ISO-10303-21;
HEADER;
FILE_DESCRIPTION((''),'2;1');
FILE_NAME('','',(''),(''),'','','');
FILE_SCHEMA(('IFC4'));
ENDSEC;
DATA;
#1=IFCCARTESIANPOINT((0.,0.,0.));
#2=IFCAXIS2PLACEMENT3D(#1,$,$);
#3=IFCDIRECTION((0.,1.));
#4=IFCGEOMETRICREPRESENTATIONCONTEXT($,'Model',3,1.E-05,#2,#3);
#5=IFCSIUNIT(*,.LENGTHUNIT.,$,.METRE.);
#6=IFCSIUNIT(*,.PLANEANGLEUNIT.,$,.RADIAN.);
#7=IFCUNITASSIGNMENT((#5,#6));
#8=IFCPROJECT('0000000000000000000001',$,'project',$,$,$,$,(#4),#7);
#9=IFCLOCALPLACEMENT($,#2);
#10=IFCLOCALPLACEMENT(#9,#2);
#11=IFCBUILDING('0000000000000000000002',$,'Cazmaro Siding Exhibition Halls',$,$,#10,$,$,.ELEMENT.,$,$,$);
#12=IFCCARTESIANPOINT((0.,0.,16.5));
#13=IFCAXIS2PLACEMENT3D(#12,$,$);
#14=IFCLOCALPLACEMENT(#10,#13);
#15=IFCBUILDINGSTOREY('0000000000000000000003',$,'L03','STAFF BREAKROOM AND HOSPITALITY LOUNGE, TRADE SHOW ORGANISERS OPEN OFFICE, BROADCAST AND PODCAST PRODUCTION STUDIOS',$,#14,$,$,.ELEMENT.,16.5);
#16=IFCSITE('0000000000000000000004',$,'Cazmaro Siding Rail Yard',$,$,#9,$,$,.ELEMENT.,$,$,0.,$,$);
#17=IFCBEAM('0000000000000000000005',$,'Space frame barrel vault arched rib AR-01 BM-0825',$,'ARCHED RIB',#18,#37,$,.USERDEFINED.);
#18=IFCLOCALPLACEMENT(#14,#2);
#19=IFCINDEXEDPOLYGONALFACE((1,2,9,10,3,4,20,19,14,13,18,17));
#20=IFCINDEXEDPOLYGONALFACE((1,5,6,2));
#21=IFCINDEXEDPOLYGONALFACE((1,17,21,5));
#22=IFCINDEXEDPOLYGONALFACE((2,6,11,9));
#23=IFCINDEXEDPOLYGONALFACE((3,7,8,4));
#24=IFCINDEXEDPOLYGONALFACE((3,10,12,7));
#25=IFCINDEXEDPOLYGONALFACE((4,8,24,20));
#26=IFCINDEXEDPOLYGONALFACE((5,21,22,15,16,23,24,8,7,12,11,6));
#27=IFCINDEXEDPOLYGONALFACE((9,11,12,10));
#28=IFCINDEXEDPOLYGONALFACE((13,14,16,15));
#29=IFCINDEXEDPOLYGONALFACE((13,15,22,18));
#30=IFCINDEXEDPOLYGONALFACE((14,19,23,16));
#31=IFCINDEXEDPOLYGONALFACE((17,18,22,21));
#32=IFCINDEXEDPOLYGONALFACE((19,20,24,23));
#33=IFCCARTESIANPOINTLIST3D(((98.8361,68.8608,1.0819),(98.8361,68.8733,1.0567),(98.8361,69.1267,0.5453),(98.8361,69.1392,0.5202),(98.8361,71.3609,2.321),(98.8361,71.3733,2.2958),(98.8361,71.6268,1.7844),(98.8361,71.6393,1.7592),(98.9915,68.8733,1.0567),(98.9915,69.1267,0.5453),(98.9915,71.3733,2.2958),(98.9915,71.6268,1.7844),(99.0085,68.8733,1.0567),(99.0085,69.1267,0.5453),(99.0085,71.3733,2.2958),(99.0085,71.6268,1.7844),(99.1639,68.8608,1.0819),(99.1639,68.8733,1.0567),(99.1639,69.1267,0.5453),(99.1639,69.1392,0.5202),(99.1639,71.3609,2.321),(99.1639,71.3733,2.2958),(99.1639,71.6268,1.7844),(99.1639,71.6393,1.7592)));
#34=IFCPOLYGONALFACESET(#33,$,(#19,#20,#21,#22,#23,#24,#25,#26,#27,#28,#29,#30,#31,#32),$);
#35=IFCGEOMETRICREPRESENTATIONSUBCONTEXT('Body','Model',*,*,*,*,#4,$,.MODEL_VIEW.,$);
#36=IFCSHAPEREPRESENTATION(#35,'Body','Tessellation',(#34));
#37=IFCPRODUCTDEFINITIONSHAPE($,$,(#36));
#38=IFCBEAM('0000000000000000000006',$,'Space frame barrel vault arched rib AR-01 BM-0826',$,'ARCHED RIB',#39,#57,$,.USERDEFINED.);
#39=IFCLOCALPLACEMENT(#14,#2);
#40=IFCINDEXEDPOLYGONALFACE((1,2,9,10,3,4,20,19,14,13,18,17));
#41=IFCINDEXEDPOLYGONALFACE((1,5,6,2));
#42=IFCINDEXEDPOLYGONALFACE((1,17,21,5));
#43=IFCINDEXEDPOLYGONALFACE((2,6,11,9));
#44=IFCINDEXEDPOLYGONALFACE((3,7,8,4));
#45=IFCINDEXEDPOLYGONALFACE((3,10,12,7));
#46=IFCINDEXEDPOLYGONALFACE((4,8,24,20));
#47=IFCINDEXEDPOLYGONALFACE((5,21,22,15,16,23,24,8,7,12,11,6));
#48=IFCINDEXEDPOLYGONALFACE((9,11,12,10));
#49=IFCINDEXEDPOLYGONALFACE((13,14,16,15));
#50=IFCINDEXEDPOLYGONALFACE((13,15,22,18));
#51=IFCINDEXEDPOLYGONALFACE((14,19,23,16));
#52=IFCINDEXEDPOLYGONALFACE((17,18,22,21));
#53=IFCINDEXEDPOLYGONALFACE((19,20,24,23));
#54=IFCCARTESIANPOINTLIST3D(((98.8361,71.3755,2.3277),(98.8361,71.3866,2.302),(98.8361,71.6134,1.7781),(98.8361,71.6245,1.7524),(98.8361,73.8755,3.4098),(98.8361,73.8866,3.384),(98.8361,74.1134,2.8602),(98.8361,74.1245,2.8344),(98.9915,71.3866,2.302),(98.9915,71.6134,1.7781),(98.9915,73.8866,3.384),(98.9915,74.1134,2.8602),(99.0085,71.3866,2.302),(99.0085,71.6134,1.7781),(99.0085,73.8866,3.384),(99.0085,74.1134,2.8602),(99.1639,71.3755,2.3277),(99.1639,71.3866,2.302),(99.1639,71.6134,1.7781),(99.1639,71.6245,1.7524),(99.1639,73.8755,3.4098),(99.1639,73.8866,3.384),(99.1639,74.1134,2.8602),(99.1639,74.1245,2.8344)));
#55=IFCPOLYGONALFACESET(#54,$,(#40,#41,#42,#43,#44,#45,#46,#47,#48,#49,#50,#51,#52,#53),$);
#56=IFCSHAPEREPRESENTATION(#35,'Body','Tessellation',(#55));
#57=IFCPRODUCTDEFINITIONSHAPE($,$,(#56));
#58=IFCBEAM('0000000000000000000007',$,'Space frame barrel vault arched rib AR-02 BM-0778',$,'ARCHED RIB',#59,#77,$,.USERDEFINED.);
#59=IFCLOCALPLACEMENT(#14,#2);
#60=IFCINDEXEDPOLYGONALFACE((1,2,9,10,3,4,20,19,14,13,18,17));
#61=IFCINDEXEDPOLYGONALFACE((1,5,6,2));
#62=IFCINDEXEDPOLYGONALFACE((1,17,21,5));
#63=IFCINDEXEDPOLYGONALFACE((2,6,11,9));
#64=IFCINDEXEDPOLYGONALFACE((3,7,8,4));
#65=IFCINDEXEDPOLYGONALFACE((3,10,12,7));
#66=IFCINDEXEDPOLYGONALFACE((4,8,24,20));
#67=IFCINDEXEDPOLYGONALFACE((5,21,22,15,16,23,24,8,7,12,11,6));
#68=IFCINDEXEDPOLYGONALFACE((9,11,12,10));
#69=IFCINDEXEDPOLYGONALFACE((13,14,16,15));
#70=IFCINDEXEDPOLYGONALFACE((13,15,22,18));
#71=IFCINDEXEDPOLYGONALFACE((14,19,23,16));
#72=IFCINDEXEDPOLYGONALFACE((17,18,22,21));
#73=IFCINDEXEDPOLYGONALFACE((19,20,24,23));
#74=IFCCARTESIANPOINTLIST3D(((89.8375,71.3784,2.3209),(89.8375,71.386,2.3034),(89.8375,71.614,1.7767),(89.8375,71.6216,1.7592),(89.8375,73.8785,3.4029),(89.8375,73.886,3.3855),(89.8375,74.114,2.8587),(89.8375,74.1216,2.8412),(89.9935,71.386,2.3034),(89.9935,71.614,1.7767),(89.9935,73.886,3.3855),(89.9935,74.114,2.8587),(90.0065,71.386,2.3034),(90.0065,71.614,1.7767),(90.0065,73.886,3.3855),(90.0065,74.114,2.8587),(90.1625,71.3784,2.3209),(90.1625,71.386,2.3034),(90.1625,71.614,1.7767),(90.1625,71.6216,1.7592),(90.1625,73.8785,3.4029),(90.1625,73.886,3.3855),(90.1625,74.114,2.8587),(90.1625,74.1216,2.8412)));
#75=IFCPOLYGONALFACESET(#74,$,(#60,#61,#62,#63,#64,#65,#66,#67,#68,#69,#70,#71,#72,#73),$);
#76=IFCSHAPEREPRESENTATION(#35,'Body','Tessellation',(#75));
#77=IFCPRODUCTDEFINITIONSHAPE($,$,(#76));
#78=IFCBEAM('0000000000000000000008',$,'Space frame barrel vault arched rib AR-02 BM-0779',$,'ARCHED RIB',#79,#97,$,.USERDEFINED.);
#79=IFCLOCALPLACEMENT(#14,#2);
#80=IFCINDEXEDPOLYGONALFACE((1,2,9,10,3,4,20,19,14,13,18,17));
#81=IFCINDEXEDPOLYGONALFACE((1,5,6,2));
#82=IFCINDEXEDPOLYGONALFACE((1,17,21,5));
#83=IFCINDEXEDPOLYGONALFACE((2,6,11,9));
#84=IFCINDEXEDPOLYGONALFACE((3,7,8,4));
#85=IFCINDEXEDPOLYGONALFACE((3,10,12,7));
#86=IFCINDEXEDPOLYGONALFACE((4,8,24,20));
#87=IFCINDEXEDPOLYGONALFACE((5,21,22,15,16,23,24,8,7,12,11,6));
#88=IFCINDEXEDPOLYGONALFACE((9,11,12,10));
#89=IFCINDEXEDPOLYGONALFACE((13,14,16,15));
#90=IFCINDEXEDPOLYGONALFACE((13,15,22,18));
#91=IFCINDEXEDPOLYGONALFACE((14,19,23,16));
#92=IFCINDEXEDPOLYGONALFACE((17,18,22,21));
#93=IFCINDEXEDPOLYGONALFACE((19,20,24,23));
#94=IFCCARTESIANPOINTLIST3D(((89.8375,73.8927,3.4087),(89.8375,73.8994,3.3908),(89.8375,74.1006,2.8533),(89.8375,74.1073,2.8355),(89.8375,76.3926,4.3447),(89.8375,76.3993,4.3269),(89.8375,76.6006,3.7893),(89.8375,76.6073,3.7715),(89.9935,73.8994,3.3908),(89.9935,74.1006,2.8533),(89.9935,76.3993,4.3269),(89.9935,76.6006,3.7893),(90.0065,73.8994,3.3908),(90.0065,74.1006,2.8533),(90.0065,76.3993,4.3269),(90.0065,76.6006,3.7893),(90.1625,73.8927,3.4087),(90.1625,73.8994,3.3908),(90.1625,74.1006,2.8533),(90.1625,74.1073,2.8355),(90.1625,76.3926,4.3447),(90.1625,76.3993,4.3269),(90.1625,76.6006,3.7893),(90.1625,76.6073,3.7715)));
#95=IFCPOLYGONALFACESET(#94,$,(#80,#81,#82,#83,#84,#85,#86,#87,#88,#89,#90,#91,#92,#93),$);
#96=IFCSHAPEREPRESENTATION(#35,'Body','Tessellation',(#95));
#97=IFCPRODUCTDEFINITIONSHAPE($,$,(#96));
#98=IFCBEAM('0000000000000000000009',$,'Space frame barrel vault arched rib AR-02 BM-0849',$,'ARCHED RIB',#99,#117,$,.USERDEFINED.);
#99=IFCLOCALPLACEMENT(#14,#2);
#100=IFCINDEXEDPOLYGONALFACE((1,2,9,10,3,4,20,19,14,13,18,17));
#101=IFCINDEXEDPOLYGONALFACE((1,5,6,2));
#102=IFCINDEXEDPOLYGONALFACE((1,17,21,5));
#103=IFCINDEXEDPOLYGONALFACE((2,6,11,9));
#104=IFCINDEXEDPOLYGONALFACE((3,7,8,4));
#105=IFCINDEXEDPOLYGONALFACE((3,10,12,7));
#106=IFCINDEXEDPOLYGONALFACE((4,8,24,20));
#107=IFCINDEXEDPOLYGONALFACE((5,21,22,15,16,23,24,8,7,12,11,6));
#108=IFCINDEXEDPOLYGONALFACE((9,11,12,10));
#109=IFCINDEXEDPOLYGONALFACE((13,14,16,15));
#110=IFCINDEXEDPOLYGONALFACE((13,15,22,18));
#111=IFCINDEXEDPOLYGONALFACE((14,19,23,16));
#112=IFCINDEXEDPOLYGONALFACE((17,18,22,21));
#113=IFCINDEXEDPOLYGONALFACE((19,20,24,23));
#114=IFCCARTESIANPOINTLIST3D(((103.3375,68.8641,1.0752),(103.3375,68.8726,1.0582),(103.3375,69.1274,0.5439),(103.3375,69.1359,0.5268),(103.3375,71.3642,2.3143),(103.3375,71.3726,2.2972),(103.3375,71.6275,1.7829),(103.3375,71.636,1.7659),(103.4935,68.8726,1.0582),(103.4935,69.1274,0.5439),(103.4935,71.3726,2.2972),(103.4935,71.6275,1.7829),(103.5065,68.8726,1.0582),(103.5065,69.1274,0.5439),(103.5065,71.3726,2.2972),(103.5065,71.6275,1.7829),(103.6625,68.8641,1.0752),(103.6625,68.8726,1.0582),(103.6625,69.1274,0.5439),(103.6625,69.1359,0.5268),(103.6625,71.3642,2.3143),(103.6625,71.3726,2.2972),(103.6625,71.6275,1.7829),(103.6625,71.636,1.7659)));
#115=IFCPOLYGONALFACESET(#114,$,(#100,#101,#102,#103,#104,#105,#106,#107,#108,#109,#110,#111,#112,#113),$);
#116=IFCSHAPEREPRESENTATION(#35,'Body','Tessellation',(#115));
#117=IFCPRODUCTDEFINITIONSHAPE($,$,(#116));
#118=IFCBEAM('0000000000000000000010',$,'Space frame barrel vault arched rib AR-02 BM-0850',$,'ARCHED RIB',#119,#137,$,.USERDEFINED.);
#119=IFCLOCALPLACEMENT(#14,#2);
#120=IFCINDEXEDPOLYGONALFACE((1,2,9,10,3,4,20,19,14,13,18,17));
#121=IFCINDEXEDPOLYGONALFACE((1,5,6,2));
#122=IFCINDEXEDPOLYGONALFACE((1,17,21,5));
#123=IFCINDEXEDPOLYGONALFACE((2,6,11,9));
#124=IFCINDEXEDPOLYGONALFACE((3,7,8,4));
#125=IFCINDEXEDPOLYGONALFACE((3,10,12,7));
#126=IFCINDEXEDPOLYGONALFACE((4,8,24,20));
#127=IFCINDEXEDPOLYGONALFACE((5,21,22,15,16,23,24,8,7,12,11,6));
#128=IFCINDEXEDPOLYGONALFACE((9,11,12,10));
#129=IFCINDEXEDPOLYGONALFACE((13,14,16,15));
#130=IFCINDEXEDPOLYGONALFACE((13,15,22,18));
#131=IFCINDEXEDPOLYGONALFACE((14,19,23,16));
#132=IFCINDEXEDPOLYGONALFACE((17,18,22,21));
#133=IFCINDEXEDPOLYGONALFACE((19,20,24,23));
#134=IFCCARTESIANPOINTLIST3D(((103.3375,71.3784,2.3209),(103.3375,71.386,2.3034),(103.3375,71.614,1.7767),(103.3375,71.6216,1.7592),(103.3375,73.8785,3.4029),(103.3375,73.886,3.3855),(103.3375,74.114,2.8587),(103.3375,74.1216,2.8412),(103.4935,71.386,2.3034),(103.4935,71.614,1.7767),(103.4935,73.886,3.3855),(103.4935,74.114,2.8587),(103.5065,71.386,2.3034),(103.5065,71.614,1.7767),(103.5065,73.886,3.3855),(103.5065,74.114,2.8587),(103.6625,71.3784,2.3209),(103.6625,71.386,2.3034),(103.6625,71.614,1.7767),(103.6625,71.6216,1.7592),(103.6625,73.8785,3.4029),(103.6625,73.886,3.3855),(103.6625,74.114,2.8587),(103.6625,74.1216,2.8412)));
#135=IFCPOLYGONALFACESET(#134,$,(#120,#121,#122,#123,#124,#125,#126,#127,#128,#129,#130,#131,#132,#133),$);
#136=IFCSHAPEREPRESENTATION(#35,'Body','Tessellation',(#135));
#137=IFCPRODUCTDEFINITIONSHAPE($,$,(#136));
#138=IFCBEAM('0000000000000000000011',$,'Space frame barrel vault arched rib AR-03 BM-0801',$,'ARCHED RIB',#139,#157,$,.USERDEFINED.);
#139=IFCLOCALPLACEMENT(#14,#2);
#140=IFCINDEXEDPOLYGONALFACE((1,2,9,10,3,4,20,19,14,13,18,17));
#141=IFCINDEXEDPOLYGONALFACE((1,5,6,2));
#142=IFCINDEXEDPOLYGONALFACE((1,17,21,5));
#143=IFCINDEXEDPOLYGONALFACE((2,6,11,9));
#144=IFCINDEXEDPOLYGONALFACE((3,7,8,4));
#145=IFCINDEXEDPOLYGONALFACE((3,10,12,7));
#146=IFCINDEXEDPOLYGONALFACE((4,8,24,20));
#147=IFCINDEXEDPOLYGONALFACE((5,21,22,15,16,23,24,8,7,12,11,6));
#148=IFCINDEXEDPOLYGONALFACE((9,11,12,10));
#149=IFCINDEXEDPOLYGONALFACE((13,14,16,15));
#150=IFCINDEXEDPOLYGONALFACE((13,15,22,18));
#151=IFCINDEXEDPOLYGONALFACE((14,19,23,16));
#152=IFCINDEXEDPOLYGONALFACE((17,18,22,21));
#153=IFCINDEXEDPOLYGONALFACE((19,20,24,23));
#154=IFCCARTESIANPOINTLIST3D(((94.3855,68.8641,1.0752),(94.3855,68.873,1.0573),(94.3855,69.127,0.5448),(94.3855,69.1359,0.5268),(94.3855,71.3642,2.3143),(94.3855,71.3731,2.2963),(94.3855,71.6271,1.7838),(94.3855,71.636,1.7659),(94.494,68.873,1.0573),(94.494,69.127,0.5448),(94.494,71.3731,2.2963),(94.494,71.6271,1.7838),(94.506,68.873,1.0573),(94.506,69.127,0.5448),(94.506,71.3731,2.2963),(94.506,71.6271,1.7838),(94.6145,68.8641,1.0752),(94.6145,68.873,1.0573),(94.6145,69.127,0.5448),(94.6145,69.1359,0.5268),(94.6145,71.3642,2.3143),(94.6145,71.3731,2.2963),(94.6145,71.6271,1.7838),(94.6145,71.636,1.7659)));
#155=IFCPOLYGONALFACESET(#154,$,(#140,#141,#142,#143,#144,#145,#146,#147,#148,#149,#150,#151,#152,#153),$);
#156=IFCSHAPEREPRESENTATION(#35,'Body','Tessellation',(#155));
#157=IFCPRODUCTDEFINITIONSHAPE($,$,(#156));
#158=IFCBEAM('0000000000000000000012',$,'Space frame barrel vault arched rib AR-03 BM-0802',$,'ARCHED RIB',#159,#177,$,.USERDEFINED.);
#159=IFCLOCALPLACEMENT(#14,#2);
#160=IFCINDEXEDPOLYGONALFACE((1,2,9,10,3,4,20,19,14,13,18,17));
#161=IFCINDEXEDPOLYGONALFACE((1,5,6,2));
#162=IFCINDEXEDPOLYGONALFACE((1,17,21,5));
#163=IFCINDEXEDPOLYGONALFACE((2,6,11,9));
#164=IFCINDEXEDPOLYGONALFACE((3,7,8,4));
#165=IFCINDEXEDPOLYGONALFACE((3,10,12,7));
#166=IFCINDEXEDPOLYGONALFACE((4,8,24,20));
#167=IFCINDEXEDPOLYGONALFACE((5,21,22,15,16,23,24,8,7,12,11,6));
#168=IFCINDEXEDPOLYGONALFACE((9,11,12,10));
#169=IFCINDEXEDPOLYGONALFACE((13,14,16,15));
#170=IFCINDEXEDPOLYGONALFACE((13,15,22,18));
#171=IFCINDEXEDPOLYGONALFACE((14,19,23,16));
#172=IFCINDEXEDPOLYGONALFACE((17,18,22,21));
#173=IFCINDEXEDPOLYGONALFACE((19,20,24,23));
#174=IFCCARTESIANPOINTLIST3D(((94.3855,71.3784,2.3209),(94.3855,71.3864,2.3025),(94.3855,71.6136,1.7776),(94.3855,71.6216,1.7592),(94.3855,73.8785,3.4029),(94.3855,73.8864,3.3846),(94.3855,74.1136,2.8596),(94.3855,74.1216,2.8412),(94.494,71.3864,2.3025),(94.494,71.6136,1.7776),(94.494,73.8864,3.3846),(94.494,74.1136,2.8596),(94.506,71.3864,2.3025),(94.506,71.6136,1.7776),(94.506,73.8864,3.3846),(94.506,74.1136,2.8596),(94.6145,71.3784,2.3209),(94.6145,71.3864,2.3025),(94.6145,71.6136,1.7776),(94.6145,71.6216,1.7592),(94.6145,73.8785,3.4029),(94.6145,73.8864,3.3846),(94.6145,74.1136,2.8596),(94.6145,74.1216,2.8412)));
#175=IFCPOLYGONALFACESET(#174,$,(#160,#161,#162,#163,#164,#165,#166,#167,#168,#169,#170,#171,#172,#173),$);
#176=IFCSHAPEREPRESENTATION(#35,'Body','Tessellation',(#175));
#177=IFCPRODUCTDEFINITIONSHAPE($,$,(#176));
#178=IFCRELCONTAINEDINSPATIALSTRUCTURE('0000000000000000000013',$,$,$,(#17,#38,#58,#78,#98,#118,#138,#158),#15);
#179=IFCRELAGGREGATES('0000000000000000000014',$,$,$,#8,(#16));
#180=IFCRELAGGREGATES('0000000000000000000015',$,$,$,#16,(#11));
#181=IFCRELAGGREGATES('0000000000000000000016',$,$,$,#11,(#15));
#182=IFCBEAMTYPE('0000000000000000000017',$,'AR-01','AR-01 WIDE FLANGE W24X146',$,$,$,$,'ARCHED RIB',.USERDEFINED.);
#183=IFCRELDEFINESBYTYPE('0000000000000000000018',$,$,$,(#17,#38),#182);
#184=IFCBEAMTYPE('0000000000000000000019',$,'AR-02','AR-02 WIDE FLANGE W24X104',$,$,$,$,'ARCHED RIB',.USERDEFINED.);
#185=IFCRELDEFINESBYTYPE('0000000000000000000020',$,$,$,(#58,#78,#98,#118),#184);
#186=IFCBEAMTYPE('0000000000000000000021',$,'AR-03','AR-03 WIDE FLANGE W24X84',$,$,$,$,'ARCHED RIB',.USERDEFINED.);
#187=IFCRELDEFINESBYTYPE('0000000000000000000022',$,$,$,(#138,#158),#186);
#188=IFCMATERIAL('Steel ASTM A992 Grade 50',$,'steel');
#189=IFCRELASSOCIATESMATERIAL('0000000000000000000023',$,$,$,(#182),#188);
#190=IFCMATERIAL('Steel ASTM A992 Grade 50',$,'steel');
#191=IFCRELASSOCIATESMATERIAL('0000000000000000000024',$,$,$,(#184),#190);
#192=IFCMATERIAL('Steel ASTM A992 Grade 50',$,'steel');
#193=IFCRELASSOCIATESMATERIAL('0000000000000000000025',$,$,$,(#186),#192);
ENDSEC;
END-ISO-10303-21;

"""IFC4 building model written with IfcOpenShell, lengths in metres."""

from ifc_helpers import new_model, si_unit, direction, frame, origin, origin_2d, place, context, subcontext, project, spatial, i_section, extrude, material, material_profile, profile_set, type_object, element, save


model = new_model("IFC4")

# Units and contexts
model_context = context("Model", 3, precision=1e-05, world=origin(), true_north=direction((0.0, 1.0)))
body_context = subcontext(model_context, "Body", "Model", "MODEL_VIEW")
ifc_project = project(units=[si_unit("LENGTHUNIT", "METRE"), si_unit("PLANEANGLEUNIT", "RADIAN")], contexts=[model_context])

# Site, building, storey
site_placement = place(None, origin())
site = spatial("IfcSite", under=ifc_project, at=site_placement, Name="Cazmaro Siding Rail Yard", CompositionType="ELEMENT", RefElevation=0.0)
building_placement = place(site_placement, origin())
building = spatial("IfcBuilding", under=site, at=building_placement, Name="Cazmaro Siding Exhibition Halls", CompositionType="ELEMENT")
storey_placement = place(building_placement, frame((0.0, 0.0, 16.5)))
storey = spatial("IfcBuildingStorey", under=building, at=storey_placement, Name="L03", Description="STAFF BREAKROOM AND HOSPITALITY LOUNGE, TRADE SHOW ORGANISERS OPEN OFFICE, BROADCAST AND PODCAST PRODUCTION STUDIOS", CompositionType="ELEMENT", Elevation=16.5)

# Beams
ifc_material_1 = material(Name="Steel ASTM A992 Grade 50", Category="steel")
ifc_material_profile_1 = material_profile(ifc_material_1, i_section(OverallWidth=0.3279, OverallDepth=0.627, WebThickness=0.0171, FlangeThickness=0.0281, at=origin_2d()), Name="W24X146")
ifc_profile_set_1 = profile_set([ifc_material_profile_1], Name="Steel ASTM A992 Grade 50")
beam_type_1 = type_object("IfcBeamType", Name="AR-01", Description="AR-01 WIDE FLANGE W24X146", ElementType="ARCHED RIB", PredefinedType="USERDEFINED", material=ifc_profile_set_1)
beam_1_placement = place(storey_placement, frame((99.0, 69.0, 0.801), z_axis=(0.0, 0.895997, 0.444061), x_axis=(-1.0, 0.0, 0.0)))
element("IfcBeam", 1, at=beam_1_placement, inside=storey, type_object=beam_type_1, Name="Space frame barrel vault arched rib AR-01 BM-0825", ObjectType="ARCHED RIB", PredefinedType="USERDEFINED", context=body_context, shape_type="SweptSolid", body=[
    extrude(i_section(OverallWidth=0.3279, OverallDepth=0.627, WebThickness=0.0171, FlangeThickness=0.0281, at=origin_2d()), origin(), (0.0, 0.0, 1.0), 2.7903),
])
beam_2_placement = place(storey_placement, frame((99.0, 71.5, 2.04), z_axis=(0.0, 0.91773, 0.397205), x_axis=(-1.0, 0.0, 0.0)))
element("IfcBeam", 2, at=beam_2_placement, inside=storey, type_object=beam_type_1, Name="Space frame barrel vault arched rib AR-01 BM-0826", ObjectType="ARCHED RIB", PredefinedType="USERDEFINED", context=body_context, shape_type="SweptSolid", body=[
    extrude(i_section(OverallWidth=0.3279, OverallDepth=0.627, WebThickness=0.0171, FlangeThickness=0.0281, at=origin_2d()), origin(), (0.0, 0.0, 1.0), 2.7241),
])
ifc_material_2 = material(Name="Steel ASTM A992 Grade 50", Category="steel")
ifc_material_profile_2 = material_profile(ifc_material_2, i_section(OverallWidth=0.325, OverallDepth=0.6121, WebThickness=0.0129, FlangeThickness=0.019, at=origin_2d()), Name="W24X104")
ifc_profile_set_2 = profile_set([ifc_material_profile_2], Name="Steel ASTM A992 Grade 50")
beam_type_2 = type_object("IfcBeamType", Name="AR-02", Description="AR-02 WIDE FLANGE W24X104", ElementType="ARCHED RIB", PredefinedType="USERDEFINED", material=ifc_profile_set_2)
beam_3_placement = place(storey_placement, frame((90.0, 71.5, 2.04), z_axis=(0.0, 0.91773, 0.397205), x_axis=(-1.0, 0.0, 0.0)))
element("IfcBeam", 3, at=beam_3_placement, inside=storey, type_object=beam_type_2, Name="Space frame barrel vault arched rib AR-02 BM-0778", ObjectType="ARCHED RIB", PredefinedType="USERDEFINED", context=body_context, shape_type="SweptSolid", body=[
    extrude(i_section(OverallWidth=0.325, OverallDepth=0.6121, WebThickness=0.0129, FlangeThickness=0.019, at=origin_2d()), origin(), (0.0, 0.0, 1.0), 2.7241),
])
beam_4_placement = place(storey_placement, frame((90.0, 74.0, 3.1221), z_axis=(0.0, 0.936509, 0.350642), x_axis=(-1.0, 0.0, 0.0)))
element("IfcBeam", 4, at=beam_4_placement, inside=storey, type_object=beam_type_2, Name="Space frame barrel vault arched rib AR-02 BM-0779", ObjectType="ARCHED RIB", PredefinedType="USERDEFINED", context=body_context, shape_type="SweptSolid", body=[
    extrude(i_section(OverallWidth=0.325, OverallDepth=0.6121, WebThickness=0.0129, FlangeThickness=0.019, at=origin_2d()), origin(), (0.0, 0.0, 1.0), 2.6694),
])
beam_5_placement = place(storey_placement, frame((103.5, 69.0, 0.801), z_axis=(0.0, 0.895997, 0.444061), x_axis=(-1.0, 0.0, 0.0)))
element("IfcBeam", 5, at=beam_5_placement, inside=storey, type_object=beam_type_2, Name="Space frame barrel vault arched rib AR-02 BM-0849", ObjectType="ARCHED RIB", PredefinedType="USERDEFINED", context=body_context, shape_type="SweptSolid", body=[
    extrude(i_section(OverallWidth=0.325, OverallDepth=0.6121, WebThickness=0.0129, FlangeThickness=0.019, at=origin_2d()), origin(), (0.0, 0.0, 1.0), 2.7903),
])
beam_6_placement = place(storey_placement, frame((103.5, 71.5, 2.04), z_axis=(0.0, 0.91773, 0.397205), x_axis=(-1.0, 0.0, 0.0)))
element("IfcBeam", 6, at=beam_6_placement, inside=storey, type_object=beam_type_2, Name="Space frame barrel vault arched rib AR-02 BM-0850", ObjectType="ARCHED RIB", PredefinedType="USERDEFINED", context=body_context, shape_type="SweptSolid", body=[
    extrude(i_section(OverallWidth=0.325, OverallDepth=0.6121, WebThickness=0.0129, FlangeThickness=0.019, at=origin_2d()), origin(), (0.0, 0.0, 1.0), 2.7241),
])
ifc_material_3 = material(Name="Steel ASTM A992 Grade 50", Category="steel")
ifc_material_profile_3 = material_profile(ifc_material_3, i_section(OverallWidth=0.229, OverallDepth=0.6121, WebThickness=0.012, FlangeThickness=0.02, at=origin_2d()), Name="W24X84")
ifc_profile_set_3 = profile_set([ifc_material_profile_3], Name="Steel ASTM A992 Grade 50")
beam_type_3 = type_object("IfcBeamType", Name="AR-03", Description="AR-03 WIDE FLANGE W24X84", ElementType="ARCHED RIB", PredefinedType="USERDEFINED", material=ifc_profile_set_3)
beam_7_placement = place(storey_placement, frame((94.5, 69.0, 0.801), z_axis=(0.0, 0.895997, 0.444061), x_axis=(-1.0, 0.0, 0.0)))
element("IfcBeam", 7, at=beam_7_placement, inside=storey, type_object=beam_type_3, Name="Space frame barrel vault arched rib AR-03 BM-0801", ObjectType="ARCHED RIB", PredefinedType="USERDEFINED", context=body_context, shape_type="SweptSolid", body=[
    extrude(i_section(OverallWidth=0.229, OverallDepth=0.6121, WebThickness=0.012, FlangeThickness=0.02, at=origin_2d()), origin(), (0.0, 0.0, 1.0), 2.7903),
])
beam_8_placement = place(storey_placement, frame((94.5, 71.5, 2.04), z_axis=(0.0, 0.91773, 0.397205), x_axis=(-1.0, 0.0, 0.0)))
element("IfcBeam", 8, at=beam_8_placement, inside=storey, type_object=beam_type_3, Name="Space frame barrel vault arched rib AR-03 BM-0802", ObjectType="ARCHED RIB", PredefinedType="USERDEFINED", context=body_context, shape_type="SweptSolid", body=[
    extrude(i_section(OverallWidth=0.229, OverallDepth=0.6121, WebThickness=0.012, FlangeThickness=0.02, at=origin_2d()), origin(), (0.0, 0.0, 1.0), 2.7241),
])

save(model, "model.ifc")
